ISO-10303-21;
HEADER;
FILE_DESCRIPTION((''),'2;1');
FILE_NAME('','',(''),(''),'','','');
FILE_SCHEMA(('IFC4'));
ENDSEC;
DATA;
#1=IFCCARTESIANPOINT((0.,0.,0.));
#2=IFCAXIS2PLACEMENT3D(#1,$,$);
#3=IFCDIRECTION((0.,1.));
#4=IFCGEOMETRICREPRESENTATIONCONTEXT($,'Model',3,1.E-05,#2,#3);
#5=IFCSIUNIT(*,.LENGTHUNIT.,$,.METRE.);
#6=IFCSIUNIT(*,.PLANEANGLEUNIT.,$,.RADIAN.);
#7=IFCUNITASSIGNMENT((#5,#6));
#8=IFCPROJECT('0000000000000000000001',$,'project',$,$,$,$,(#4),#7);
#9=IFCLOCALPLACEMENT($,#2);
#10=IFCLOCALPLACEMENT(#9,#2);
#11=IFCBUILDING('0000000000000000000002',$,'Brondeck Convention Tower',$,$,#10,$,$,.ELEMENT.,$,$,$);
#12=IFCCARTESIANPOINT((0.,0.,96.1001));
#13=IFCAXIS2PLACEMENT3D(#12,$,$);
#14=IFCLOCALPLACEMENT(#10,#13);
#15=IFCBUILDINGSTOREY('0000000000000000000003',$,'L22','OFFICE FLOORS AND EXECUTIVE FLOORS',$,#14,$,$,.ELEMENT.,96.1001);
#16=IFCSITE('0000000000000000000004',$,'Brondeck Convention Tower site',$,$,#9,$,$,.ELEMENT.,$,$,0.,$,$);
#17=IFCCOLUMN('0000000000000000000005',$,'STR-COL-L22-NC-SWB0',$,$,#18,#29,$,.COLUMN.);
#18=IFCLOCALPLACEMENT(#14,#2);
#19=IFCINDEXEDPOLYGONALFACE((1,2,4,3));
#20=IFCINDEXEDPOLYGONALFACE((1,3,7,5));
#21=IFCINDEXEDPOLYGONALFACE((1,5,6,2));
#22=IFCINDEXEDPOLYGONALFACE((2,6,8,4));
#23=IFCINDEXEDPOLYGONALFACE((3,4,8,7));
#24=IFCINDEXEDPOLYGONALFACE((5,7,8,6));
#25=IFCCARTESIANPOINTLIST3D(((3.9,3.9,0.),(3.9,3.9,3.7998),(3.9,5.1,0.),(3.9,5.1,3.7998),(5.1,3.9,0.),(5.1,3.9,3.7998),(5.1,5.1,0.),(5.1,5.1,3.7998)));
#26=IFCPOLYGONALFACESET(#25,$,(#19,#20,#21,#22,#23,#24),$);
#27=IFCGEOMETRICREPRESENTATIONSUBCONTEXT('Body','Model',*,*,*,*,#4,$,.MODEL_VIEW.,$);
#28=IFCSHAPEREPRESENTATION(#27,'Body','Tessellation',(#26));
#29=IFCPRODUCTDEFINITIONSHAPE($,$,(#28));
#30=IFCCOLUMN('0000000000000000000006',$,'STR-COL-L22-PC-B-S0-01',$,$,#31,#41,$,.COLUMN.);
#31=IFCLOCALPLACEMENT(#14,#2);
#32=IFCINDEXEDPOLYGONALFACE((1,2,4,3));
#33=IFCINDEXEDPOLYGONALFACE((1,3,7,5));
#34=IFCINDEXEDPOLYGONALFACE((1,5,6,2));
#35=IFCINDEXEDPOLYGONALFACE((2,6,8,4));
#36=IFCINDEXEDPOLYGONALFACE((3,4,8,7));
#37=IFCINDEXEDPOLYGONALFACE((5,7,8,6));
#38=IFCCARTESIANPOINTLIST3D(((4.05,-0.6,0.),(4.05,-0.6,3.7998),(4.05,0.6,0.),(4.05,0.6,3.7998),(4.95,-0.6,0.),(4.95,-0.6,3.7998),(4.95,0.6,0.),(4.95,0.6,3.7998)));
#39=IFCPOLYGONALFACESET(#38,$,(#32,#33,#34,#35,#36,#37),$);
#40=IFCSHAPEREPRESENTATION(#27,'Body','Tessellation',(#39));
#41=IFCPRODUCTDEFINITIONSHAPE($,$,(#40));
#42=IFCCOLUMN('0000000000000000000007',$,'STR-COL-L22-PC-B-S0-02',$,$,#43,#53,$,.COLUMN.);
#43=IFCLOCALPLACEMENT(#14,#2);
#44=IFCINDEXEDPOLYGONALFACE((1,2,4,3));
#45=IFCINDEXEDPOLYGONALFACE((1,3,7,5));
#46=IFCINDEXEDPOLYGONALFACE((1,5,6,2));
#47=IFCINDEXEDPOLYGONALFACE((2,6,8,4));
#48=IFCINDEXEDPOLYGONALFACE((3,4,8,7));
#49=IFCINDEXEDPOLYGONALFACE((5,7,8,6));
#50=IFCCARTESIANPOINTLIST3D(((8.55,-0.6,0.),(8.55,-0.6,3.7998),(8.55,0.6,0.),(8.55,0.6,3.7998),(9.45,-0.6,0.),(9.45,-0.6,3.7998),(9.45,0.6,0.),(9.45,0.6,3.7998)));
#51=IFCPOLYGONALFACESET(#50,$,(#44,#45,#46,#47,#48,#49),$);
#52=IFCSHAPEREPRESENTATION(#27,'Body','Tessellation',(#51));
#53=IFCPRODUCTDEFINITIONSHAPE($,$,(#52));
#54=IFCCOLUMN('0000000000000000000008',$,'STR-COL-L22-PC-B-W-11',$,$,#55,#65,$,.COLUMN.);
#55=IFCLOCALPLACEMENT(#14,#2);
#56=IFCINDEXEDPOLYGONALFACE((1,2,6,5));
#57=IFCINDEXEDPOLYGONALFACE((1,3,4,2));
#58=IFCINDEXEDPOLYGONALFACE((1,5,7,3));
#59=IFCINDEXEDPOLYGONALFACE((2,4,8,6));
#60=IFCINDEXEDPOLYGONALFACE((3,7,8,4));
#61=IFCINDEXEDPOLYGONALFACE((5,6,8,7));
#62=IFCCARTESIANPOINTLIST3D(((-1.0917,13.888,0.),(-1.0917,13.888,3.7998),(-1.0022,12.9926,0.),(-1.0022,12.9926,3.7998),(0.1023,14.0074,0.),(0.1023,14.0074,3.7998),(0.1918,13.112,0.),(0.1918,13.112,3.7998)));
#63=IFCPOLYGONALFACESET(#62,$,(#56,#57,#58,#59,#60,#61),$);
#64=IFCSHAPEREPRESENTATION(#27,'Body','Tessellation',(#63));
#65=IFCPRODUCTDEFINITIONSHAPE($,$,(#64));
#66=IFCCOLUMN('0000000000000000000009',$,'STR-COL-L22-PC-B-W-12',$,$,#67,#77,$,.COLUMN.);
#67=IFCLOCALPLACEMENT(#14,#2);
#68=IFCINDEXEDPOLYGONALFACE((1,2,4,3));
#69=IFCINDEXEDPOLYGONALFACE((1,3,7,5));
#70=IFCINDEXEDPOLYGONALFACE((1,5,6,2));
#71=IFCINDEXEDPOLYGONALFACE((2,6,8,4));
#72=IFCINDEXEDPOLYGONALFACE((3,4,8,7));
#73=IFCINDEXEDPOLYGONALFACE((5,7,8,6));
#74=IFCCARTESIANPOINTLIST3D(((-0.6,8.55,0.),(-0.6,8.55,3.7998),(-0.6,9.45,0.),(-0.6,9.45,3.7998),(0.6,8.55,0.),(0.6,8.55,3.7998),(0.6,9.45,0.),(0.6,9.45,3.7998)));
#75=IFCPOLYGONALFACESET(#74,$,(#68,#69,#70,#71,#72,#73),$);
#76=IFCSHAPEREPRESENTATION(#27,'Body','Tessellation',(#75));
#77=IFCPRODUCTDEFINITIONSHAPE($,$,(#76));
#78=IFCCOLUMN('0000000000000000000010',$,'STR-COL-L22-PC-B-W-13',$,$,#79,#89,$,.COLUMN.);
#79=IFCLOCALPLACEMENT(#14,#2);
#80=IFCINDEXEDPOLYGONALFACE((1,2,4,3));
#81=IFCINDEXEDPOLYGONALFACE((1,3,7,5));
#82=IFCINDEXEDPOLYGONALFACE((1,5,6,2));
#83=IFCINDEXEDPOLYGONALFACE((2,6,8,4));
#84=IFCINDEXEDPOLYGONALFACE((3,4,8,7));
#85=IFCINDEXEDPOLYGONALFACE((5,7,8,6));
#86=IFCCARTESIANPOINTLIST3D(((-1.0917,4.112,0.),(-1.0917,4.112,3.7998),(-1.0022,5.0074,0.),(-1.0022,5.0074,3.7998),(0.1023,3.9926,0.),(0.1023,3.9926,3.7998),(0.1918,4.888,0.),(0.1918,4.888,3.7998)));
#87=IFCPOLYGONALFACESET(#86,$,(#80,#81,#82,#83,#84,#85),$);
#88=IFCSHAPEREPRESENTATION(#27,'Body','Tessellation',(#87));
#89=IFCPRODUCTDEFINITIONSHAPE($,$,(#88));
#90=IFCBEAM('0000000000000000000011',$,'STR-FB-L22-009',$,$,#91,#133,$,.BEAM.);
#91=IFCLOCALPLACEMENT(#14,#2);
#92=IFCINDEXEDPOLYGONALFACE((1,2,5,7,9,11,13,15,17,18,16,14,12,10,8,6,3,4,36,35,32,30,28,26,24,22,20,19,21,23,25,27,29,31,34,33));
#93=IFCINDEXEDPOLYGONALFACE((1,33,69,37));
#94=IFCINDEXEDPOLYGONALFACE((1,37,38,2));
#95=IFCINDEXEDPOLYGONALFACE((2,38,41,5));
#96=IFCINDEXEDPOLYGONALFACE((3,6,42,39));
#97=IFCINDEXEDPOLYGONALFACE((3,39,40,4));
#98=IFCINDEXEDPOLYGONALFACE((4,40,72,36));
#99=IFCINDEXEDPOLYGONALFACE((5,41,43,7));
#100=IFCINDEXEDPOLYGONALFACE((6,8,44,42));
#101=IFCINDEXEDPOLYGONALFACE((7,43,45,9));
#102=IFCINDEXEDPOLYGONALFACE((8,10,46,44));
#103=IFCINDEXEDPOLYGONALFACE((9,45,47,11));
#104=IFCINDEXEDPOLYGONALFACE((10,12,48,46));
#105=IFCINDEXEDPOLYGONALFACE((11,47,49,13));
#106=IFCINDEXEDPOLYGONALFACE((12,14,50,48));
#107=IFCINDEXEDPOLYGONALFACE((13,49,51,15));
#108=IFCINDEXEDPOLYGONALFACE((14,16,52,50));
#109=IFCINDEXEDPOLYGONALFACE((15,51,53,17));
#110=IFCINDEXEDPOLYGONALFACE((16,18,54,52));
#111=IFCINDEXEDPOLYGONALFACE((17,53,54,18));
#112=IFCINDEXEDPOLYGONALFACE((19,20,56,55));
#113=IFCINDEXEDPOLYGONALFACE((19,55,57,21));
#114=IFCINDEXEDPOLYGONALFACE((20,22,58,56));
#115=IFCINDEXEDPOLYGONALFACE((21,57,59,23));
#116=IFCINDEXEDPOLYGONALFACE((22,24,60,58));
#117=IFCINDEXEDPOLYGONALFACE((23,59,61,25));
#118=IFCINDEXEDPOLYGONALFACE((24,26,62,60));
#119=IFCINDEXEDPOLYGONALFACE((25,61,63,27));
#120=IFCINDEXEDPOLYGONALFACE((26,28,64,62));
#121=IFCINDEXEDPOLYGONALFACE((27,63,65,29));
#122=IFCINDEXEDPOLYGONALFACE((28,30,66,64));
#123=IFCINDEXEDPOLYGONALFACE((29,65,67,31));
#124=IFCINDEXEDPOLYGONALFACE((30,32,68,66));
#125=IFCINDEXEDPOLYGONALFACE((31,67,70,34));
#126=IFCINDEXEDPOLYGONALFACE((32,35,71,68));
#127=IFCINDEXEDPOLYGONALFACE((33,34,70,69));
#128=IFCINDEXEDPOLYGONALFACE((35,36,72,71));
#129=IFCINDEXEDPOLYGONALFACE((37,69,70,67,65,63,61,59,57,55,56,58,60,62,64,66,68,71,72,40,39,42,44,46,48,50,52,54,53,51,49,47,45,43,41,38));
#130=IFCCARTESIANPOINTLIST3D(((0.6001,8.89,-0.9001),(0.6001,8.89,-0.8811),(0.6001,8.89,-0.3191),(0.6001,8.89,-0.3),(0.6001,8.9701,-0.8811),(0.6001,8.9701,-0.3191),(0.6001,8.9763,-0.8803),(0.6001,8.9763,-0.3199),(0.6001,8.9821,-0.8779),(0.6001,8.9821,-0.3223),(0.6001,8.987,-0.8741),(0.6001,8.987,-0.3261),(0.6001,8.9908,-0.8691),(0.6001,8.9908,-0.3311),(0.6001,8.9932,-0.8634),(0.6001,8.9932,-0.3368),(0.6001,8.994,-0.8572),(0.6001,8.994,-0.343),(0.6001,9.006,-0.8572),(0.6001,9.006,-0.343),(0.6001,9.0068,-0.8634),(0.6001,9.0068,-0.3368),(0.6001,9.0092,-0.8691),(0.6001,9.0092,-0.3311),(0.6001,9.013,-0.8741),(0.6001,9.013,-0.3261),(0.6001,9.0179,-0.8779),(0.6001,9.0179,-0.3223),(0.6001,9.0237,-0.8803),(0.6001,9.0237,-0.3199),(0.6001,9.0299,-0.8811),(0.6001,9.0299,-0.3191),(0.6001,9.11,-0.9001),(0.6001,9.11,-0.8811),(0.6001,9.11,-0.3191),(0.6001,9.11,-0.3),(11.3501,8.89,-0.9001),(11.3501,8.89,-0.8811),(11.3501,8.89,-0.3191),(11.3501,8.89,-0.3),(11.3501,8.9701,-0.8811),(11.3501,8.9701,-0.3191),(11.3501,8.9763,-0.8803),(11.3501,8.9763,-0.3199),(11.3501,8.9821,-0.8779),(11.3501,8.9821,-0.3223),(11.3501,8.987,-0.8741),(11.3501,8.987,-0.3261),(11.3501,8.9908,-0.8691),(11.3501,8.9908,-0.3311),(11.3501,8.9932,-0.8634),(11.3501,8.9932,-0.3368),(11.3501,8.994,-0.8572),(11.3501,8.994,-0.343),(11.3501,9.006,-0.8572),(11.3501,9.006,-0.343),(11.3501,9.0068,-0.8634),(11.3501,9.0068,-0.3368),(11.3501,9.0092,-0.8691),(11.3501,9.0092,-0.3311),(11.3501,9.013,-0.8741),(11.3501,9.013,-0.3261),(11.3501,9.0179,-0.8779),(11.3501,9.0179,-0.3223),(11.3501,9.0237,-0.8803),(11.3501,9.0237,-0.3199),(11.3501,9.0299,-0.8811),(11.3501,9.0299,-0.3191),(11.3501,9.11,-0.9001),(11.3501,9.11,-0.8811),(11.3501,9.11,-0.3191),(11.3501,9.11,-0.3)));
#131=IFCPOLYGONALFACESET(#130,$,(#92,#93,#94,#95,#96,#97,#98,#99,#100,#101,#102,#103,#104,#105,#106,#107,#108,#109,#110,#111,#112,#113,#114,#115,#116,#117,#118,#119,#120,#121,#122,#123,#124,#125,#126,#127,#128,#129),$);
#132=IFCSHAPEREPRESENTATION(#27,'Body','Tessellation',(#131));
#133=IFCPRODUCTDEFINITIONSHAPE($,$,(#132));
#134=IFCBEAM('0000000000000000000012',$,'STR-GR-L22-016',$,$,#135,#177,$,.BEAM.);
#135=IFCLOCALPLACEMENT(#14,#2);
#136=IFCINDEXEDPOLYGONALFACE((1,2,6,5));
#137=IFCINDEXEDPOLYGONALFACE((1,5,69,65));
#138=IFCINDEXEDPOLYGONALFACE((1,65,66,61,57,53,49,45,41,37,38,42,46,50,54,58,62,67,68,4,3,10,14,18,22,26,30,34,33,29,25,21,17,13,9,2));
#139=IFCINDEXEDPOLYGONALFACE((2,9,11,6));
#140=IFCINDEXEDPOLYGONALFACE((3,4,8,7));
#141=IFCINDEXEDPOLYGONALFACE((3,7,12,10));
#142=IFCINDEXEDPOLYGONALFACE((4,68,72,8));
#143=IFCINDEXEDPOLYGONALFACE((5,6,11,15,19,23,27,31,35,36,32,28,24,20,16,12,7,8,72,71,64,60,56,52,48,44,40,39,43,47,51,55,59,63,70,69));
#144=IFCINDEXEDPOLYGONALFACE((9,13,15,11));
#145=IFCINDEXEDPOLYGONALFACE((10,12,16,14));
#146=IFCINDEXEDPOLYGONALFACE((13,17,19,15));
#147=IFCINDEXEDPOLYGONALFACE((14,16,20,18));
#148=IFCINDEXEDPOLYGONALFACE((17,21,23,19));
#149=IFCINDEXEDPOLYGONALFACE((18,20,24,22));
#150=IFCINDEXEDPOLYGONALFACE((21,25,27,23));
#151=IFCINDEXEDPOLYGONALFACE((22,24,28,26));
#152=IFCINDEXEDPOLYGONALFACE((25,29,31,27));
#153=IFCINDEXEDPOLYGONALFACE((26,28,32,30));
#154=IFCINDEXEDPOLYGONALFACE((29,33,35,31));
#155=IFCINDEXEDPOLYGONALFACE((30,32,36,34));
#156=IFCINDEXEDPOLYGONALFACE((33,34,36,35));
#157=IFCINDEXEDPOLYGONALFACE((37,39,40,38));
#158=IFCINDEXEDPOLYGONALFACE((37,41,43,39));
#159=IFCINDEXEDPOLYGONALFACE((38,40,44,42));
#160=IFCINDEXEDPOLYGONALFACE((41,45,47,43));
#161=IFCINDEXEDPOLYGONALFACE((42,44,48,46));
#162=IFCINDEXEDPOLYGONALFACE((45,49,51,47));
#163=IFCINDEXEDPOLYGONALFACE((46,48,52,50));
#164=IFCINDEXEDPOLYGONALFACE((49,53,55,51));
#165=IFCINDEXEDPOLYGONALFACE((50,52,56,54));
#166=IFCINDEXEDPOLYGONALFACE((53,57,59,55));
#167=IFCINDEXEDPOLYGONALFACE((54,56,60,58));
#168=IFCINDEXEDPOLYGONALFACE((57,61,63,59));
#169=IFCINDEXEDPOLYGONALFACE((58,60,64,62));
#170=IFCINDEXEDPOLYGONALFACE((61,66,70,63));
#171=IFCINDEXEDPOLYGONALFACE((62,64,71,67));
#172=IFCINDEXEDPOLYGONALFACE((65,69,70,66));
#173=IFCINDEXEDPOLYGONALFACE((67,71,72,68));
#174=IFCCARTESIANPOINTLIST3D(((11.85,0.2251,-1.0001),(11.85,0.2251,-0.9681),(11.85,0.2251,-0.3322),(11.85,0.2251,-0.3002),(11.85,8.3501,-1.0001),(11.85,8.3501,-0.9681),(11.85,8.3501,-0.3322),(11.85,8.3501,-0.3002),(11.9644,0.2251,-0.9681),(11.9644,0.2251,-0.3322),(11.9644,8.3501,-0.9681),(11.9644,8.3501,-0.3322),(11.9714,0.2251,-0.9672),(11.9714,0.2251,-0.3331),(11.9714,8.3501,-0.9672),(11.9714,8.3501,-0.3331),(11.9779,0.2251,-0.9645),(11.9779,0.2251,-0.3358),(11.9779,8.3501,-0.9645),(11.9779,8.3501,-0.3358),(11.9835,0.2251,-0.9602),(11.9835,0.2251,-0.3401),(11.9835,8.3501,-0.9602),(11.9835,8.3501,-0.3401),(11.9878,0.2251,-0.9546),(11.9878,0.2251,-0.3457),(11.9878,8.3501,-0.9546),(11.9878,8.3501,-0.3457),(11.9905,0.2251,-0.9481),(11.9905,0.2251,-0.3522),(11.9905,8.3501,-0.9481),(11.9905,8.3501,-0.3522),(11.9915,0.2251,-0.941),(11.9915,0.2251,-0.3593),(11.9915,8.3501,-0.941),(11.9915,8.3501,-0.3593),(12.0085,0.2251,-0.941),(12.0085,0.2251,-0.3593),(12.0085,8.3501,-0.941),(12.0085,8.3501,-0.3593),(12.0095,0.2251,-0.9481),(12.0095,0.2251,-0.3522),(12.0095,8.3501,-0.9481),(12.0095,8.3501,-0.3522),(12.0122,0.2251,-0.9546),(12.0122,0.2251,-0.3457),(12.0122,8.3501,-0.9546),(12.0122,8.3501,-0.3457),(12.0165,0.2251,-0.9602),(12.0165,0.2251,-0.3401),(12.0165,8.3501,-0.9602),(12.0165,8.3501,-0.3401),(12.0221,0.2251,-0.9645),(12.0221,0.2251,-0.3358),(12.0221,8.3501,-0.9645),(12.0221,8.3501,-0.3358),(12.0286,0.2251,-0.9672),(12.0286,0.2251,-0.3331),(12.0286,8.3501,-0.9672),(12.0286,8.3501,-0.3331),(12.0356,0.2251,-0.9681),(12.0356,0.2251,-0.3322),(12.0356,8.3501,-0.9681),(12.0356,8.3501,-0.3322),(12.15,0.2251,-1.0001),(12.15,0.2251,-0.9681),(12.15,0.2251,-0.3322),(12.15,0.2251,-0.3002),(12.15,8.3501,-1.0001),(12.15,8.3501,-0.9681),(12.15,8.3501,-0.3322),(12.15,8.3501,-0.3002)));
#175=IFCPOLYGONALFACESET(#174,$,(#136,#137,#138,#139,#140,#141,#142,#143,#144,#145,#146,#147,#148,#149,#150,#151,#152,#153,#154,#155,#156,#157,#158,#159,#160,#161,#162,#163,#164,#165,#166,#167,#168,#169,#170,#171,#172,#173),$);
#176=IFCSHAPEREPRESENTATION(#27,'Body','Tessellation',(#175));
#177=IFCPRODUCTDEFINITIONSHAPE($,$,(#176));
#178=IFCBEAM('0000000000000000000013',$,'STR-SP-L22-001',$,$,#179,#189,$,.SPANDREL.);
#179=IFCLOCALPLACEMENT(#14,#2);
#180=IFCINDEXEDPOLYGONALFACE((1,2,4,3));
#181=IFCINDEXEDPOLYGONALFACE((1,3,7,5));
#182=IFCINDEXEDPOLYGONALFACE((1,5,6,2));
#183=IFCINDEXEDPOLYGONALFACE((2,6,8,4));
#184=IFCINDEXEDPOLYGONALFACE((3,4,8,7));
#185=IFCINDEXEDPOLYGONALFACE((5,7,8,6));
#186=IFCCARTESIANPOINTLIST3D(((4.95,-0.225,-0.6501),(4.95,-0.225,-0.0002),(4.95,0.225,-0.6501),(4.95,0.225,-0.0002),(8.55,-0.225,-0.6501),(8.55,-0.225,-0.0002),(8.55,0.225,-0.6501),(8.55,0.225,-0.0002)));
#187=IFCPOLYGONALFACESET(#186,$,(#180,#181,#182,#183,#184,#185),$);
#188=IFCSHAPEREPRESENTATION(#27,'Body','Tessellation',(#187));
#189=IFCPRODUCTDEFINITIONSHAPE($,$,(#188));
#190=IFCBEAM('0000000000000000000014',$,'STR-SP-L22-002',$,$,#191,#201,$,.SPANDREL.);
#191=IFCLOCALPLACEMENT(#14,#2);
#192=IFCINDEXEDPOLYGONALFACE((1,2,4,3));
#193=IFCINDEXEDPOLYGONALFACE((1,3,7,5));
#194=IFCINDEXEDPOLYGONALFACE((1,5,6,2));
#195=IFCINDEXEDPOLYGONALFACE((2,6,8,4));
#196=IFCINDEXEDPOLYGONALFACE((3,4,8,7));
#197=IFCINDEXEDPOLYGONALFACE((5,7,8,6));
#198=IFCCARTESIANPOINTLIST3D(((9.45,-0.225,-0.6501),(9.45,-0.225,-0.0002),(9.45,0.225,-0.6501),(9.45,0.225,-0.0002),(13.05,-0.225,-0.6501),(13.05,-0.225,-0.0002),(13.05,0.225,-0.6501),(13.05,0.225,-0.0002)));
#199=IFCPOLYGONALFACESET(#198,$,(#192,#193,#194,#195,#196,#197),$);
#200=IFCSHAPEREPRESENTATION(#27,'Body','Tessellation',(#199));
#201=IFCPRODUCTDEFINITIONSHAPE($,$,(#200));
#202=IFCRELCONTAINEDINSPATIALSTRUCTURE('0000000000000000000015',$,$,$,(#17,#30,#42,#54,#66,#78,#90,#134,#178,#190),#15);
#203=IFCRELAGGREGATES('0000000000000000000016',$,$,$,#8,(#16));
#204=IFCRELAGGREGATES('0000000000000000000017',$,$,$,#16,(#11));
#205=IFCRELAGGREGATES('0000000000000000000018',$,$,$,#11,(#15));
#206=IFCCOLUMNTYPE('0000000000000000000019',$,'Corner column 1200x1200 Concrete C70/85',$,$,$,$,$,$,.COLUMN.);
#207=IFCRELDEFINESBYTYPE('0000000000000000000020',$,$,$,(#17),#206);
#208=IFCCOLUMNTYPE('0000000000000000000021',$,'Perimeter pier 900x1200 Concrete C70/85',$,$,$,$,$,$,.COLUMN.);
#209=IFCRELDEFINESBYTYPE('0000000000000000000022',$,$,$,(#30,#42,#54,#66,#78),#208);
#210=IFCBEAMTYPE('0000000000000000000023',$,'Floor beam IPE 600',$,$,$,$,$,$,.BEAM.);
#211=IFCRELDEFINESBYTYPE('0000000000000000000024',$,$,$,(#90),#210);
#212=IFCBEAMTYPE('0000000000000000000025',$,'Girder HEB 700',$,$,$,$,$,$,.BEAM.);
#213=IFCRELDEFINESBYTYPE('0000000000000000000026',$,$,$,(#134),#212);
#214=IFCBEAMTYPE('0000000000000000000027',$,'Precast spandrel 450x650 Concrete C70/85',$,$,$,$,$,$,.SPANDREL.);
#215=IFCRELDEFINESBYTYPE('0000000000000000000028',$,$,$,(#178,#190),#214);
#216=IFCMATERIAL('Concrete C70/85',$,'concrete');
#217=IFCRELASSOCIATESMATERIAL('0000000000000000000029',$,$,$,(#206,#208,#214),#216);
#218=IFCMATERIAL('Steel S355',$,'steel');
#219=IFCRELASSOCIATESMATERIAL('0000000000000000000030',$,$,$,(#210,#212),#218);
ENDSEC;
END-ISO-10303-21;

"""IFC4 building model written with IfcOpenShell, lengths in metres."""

from ifc_helpers import new_model, si_unit, direction, frame, origin, origin_2d, place, context, subcontext, project, spatial, rectangle, i_section, extrude, material, material_profile, profile_set, type_object, element, save


model = new_model("IFC4")

# Units and contexts
model_context = context("Model", 3, precision=1e-05, world=origin(), true_north=direction((0.0, 1.0)))
body_context = subcontext(model_context, "Body", "Model", "MODEL_VIEW")
ifc_project = project(units=[si_unit("LENGTHUNIT", "METRE"), si_unit("PLANEANGLEUNIT", "RADIAN")], contexts=[model_context])

# Site, building, storey
site_placement = place(None, origin())
site = spatial("IfcSite", under=ifc_project, at=site_placement, Name="Brondeck Convention Tower site", CompositionType="ELEMENT", RefElevation=0.0)
building_placement = place(site_placement, origin())
building = spatial("IfcBuilding", under=site, at=building_placement, Name="Brondeck Convention Tower", CompositionType="ELEMENT")
storey_placement = place(building_placement, frame((0.0, 0.0, 96.1001)))
storey = spatial("IfcBuildingStorey", under=building, at=storey_placement, Name="L22", Description="OFFICE FLOORS AND EXECUTIVE FLOORS", CompositionType="ELEMENT", Elevation=96.1001)

# Columns
ifc_material_1 = material(Name="Concrete C70/85", Category="concrete")
ifc_material_profile_1 = material_profile(ifc_material_1, rectangle(XDim=1.2, YDim=1.2, at=origin_2d()), Name="Corner column 1200x1200 Concrete C70/85")
ifc_profile_set_1 = profile_set([ifc_material_profile_1], Name="Concrete C70/85")
column_type_1 = type_object("IfcColumnType", Name="Corner column 1200x1200 Concrete C70/85", PredefinedType="COLUMN", material=ifc_profile_set_1)
column_placement = place(storey_placement, frame((4.5, 4.5, 0.0), z_axis=(0.0, 0.0, 1.0), x_axis=(1.0, 0.0, 0.0)))
element("IfcColumn", 1, at=column_placement, inside=storey, type_object=column_type_1, Name="STR-COL-L22-NC-SWB0", PredefinedType="COLUMN", context=body_context, shape_type="SweptSolid", body=[
    extrude(rectangle(XDim=1.2, YDim=1.2, at=origin_2d()), origin(), (0.0, 0.0, 1.0), 3.7998),
])
ifc_material_profile_2 = material_profile(ifc_material_1, rectangle(XDim=0.8999, YDim=1.2, at=origin_2d()), Name="Perimeter pier 900x1200 Concrete C70/85")
ifc_profile_set_2 = profile_set([ifc_material_profile_2], Name="Concrete C70/85")
column_type_2 = type_object("IfcColumnType", Name="Perimeter pier 900x1200 Concrete C70/85", PredefinedType="COLUMN", material=ifc_profile_set_2)
for number, where, z_axis, x_axis, name in (
    (2, (4.5, 0.0, 0.0), (0.0, 0.0, 1.0), (1.0, 0.0, 0.0), "STR-COL-L22-PC-B-S0-01"),
    (3, (9.0, 0.0, 0.0), (0.0, 0.0, 1.0), (1.0, 0.0, 0.0), "STR-COL-L22-PC-B-S0-02"),
    (4, (-0.45, 13.5, 0.0), (0.0, 0.0, 1.0), (0.099504, -0.995037, 0.0), "STR-COL-L22-PC-B-W-11"),
    (5, (0.0, 9.0, 0.0), (0.0, 0.0, 1.0), (0.0, -1.0, 0.0), "STR-COL-L22-PC-B-W-12"),
    (6, (-0.45, 4.5, 0.0), (0.0, 0.0, 1.0), (-0.099504, -0.995037, 0.0), "STR-COL-L22-PC-B-W-13"),
):
    element("IfcColumn", number, at=place(storey_placement, frame(where, z_axis=z_axis, x_axis=x_axis)), inside=storey, type_object=column_type_2, Name=name, PredefinedType="COLUMN", context=body_context, shape_type="SweptSolid", body=[
        extrude(rectangle(XDim=0.8999, YDim=1.2, at=origin_2d()), origin(), (0.0, 0.0, 1.0), 3.7998),
    ])

# Beams
ifc_material_2 = material(Name="Steel S355", Category="steel")
ifc_material_profile_3 = material_profile(ifc_material_2, i_section(OverallWidth=0.22, OverallDepth=0.6001, WebThickness=0.012, FlangeThickness=0.019, FilletRadius=0.0239, at=origin_2d()), Name="IPE 600")
ifc_profile_set_3 = profile_set([ifc_material_profile_3], Name="Steel S355")
beam_type_1 = type_object("IfcBeamType", Name="Floor beam IPE 600", PredefinedType="BEAM", material=ifc_profile_set_3)
beam_1_placement = place(storey_placement, frame((0.6001, 9.0, -0.6001), z_axis=(1.0, 0.0, 0.0), x_axis=(0.0, 1.0, 0.0)))
element("IfcBeam", 7, at=beam_1_placement, inside=storey, type_object=beam_type_1, Name="STR-FB-L22-009", PredefinedType="BEAM", context=body_context, shape_type="SweptSolid", body=[
    extrude(i_section(OverallWidth=0.22, OverallDepth=0.6001, WebThickness=0.012, FlangeThickness=0.019, FilletRadius=0.0239, at=origin_2d()), origin(), (0.0, 0.0, 1.0), 10.75),
])
ifc_material_profile_4 = material_profile(ifc_material_2, i_section(OverallWidth=0.3, OverallDepth=0.7, WebThickness=0.0171, FlangeThickness=0.032, FilletRadius=0.0271, at=origin_2d()), Name="HEB 700")
ifc_profile_set_4 = profile_set([ifc_material_profile_4], Name="Steel S355")
beam_type_2 = type_object("IfcBeamType", Name="Girder HEB 700", PredefinedType="BEAM", material=ifc_profile_set_4)
beam_2_placement = place(storey_placement, frame((12.0, 8.3501, -0.6501), z_axis=(0.0, -1.0, 0.0), x_axis=(1.0, 0.0, 0.0)))
element("IfcBeam", 8, at=beam_2_placement, inside=storey, type_object=beam_type_2, Name="STR-GR-L22-016", PredefinedType="BEAM", context=body_context, shape_type="SweptSolid", body=[
    extrude(i_section(OverallWidth=0.3, OverallDepth=0.7, WebThickness=0.0171, FlangeThickness=0.032, FilletRadius=0.0271, at=origin_2d()), origin(), (0.0, 0.0, 1.0), 8.125),
])
ifc_material_profile_5 = material_profile(ifc_material_1, rectangle(XDim=0.45, YDim=0.6499, at=origin_2d()), Name="Precast spandrel 450x650 Concrete C70/85")
ifc_profile_set_5 = profile_set([ifc_material_profile_5], Name="Concrete C70/85")
beam_type_3 = type_object("IfcBeamType", Name="Precast spandrel 450x650 Concrete C70/85", PredefinedType="SPANDREL", material=ifc_profile_set_5)
for number, where, z_axis, x_axis, name in (
    (9, (4.95, 0.0, -0.3252), (1.0, 0.0, 0.0), (0.0, 1.0, 0.0), "STR-SP-L22-001"),
    (10, (9.45, 0.0, -0.3252), (1.0, 0.0, 0.0), (0.0, 1.0, 0.0), "STR-SP-L22-002"),
):
    element("IfcBeam", number, at=place(storey_placement, frame(where, z_axis=z_axis, x_axis=x_axis)), inside=storey, type_object=beam_type_3, Name=name, PredefinedType="SPANDREL", context=body_context, shape_type="SweptSolid", body=[
        extrude(rectangle(XDim=0.45, YDim=0.6499, at=origin_2d()), origin(), (0.0, 0.0, 1.0), 3.6001),
    ])

save(model, "model.ifc")
